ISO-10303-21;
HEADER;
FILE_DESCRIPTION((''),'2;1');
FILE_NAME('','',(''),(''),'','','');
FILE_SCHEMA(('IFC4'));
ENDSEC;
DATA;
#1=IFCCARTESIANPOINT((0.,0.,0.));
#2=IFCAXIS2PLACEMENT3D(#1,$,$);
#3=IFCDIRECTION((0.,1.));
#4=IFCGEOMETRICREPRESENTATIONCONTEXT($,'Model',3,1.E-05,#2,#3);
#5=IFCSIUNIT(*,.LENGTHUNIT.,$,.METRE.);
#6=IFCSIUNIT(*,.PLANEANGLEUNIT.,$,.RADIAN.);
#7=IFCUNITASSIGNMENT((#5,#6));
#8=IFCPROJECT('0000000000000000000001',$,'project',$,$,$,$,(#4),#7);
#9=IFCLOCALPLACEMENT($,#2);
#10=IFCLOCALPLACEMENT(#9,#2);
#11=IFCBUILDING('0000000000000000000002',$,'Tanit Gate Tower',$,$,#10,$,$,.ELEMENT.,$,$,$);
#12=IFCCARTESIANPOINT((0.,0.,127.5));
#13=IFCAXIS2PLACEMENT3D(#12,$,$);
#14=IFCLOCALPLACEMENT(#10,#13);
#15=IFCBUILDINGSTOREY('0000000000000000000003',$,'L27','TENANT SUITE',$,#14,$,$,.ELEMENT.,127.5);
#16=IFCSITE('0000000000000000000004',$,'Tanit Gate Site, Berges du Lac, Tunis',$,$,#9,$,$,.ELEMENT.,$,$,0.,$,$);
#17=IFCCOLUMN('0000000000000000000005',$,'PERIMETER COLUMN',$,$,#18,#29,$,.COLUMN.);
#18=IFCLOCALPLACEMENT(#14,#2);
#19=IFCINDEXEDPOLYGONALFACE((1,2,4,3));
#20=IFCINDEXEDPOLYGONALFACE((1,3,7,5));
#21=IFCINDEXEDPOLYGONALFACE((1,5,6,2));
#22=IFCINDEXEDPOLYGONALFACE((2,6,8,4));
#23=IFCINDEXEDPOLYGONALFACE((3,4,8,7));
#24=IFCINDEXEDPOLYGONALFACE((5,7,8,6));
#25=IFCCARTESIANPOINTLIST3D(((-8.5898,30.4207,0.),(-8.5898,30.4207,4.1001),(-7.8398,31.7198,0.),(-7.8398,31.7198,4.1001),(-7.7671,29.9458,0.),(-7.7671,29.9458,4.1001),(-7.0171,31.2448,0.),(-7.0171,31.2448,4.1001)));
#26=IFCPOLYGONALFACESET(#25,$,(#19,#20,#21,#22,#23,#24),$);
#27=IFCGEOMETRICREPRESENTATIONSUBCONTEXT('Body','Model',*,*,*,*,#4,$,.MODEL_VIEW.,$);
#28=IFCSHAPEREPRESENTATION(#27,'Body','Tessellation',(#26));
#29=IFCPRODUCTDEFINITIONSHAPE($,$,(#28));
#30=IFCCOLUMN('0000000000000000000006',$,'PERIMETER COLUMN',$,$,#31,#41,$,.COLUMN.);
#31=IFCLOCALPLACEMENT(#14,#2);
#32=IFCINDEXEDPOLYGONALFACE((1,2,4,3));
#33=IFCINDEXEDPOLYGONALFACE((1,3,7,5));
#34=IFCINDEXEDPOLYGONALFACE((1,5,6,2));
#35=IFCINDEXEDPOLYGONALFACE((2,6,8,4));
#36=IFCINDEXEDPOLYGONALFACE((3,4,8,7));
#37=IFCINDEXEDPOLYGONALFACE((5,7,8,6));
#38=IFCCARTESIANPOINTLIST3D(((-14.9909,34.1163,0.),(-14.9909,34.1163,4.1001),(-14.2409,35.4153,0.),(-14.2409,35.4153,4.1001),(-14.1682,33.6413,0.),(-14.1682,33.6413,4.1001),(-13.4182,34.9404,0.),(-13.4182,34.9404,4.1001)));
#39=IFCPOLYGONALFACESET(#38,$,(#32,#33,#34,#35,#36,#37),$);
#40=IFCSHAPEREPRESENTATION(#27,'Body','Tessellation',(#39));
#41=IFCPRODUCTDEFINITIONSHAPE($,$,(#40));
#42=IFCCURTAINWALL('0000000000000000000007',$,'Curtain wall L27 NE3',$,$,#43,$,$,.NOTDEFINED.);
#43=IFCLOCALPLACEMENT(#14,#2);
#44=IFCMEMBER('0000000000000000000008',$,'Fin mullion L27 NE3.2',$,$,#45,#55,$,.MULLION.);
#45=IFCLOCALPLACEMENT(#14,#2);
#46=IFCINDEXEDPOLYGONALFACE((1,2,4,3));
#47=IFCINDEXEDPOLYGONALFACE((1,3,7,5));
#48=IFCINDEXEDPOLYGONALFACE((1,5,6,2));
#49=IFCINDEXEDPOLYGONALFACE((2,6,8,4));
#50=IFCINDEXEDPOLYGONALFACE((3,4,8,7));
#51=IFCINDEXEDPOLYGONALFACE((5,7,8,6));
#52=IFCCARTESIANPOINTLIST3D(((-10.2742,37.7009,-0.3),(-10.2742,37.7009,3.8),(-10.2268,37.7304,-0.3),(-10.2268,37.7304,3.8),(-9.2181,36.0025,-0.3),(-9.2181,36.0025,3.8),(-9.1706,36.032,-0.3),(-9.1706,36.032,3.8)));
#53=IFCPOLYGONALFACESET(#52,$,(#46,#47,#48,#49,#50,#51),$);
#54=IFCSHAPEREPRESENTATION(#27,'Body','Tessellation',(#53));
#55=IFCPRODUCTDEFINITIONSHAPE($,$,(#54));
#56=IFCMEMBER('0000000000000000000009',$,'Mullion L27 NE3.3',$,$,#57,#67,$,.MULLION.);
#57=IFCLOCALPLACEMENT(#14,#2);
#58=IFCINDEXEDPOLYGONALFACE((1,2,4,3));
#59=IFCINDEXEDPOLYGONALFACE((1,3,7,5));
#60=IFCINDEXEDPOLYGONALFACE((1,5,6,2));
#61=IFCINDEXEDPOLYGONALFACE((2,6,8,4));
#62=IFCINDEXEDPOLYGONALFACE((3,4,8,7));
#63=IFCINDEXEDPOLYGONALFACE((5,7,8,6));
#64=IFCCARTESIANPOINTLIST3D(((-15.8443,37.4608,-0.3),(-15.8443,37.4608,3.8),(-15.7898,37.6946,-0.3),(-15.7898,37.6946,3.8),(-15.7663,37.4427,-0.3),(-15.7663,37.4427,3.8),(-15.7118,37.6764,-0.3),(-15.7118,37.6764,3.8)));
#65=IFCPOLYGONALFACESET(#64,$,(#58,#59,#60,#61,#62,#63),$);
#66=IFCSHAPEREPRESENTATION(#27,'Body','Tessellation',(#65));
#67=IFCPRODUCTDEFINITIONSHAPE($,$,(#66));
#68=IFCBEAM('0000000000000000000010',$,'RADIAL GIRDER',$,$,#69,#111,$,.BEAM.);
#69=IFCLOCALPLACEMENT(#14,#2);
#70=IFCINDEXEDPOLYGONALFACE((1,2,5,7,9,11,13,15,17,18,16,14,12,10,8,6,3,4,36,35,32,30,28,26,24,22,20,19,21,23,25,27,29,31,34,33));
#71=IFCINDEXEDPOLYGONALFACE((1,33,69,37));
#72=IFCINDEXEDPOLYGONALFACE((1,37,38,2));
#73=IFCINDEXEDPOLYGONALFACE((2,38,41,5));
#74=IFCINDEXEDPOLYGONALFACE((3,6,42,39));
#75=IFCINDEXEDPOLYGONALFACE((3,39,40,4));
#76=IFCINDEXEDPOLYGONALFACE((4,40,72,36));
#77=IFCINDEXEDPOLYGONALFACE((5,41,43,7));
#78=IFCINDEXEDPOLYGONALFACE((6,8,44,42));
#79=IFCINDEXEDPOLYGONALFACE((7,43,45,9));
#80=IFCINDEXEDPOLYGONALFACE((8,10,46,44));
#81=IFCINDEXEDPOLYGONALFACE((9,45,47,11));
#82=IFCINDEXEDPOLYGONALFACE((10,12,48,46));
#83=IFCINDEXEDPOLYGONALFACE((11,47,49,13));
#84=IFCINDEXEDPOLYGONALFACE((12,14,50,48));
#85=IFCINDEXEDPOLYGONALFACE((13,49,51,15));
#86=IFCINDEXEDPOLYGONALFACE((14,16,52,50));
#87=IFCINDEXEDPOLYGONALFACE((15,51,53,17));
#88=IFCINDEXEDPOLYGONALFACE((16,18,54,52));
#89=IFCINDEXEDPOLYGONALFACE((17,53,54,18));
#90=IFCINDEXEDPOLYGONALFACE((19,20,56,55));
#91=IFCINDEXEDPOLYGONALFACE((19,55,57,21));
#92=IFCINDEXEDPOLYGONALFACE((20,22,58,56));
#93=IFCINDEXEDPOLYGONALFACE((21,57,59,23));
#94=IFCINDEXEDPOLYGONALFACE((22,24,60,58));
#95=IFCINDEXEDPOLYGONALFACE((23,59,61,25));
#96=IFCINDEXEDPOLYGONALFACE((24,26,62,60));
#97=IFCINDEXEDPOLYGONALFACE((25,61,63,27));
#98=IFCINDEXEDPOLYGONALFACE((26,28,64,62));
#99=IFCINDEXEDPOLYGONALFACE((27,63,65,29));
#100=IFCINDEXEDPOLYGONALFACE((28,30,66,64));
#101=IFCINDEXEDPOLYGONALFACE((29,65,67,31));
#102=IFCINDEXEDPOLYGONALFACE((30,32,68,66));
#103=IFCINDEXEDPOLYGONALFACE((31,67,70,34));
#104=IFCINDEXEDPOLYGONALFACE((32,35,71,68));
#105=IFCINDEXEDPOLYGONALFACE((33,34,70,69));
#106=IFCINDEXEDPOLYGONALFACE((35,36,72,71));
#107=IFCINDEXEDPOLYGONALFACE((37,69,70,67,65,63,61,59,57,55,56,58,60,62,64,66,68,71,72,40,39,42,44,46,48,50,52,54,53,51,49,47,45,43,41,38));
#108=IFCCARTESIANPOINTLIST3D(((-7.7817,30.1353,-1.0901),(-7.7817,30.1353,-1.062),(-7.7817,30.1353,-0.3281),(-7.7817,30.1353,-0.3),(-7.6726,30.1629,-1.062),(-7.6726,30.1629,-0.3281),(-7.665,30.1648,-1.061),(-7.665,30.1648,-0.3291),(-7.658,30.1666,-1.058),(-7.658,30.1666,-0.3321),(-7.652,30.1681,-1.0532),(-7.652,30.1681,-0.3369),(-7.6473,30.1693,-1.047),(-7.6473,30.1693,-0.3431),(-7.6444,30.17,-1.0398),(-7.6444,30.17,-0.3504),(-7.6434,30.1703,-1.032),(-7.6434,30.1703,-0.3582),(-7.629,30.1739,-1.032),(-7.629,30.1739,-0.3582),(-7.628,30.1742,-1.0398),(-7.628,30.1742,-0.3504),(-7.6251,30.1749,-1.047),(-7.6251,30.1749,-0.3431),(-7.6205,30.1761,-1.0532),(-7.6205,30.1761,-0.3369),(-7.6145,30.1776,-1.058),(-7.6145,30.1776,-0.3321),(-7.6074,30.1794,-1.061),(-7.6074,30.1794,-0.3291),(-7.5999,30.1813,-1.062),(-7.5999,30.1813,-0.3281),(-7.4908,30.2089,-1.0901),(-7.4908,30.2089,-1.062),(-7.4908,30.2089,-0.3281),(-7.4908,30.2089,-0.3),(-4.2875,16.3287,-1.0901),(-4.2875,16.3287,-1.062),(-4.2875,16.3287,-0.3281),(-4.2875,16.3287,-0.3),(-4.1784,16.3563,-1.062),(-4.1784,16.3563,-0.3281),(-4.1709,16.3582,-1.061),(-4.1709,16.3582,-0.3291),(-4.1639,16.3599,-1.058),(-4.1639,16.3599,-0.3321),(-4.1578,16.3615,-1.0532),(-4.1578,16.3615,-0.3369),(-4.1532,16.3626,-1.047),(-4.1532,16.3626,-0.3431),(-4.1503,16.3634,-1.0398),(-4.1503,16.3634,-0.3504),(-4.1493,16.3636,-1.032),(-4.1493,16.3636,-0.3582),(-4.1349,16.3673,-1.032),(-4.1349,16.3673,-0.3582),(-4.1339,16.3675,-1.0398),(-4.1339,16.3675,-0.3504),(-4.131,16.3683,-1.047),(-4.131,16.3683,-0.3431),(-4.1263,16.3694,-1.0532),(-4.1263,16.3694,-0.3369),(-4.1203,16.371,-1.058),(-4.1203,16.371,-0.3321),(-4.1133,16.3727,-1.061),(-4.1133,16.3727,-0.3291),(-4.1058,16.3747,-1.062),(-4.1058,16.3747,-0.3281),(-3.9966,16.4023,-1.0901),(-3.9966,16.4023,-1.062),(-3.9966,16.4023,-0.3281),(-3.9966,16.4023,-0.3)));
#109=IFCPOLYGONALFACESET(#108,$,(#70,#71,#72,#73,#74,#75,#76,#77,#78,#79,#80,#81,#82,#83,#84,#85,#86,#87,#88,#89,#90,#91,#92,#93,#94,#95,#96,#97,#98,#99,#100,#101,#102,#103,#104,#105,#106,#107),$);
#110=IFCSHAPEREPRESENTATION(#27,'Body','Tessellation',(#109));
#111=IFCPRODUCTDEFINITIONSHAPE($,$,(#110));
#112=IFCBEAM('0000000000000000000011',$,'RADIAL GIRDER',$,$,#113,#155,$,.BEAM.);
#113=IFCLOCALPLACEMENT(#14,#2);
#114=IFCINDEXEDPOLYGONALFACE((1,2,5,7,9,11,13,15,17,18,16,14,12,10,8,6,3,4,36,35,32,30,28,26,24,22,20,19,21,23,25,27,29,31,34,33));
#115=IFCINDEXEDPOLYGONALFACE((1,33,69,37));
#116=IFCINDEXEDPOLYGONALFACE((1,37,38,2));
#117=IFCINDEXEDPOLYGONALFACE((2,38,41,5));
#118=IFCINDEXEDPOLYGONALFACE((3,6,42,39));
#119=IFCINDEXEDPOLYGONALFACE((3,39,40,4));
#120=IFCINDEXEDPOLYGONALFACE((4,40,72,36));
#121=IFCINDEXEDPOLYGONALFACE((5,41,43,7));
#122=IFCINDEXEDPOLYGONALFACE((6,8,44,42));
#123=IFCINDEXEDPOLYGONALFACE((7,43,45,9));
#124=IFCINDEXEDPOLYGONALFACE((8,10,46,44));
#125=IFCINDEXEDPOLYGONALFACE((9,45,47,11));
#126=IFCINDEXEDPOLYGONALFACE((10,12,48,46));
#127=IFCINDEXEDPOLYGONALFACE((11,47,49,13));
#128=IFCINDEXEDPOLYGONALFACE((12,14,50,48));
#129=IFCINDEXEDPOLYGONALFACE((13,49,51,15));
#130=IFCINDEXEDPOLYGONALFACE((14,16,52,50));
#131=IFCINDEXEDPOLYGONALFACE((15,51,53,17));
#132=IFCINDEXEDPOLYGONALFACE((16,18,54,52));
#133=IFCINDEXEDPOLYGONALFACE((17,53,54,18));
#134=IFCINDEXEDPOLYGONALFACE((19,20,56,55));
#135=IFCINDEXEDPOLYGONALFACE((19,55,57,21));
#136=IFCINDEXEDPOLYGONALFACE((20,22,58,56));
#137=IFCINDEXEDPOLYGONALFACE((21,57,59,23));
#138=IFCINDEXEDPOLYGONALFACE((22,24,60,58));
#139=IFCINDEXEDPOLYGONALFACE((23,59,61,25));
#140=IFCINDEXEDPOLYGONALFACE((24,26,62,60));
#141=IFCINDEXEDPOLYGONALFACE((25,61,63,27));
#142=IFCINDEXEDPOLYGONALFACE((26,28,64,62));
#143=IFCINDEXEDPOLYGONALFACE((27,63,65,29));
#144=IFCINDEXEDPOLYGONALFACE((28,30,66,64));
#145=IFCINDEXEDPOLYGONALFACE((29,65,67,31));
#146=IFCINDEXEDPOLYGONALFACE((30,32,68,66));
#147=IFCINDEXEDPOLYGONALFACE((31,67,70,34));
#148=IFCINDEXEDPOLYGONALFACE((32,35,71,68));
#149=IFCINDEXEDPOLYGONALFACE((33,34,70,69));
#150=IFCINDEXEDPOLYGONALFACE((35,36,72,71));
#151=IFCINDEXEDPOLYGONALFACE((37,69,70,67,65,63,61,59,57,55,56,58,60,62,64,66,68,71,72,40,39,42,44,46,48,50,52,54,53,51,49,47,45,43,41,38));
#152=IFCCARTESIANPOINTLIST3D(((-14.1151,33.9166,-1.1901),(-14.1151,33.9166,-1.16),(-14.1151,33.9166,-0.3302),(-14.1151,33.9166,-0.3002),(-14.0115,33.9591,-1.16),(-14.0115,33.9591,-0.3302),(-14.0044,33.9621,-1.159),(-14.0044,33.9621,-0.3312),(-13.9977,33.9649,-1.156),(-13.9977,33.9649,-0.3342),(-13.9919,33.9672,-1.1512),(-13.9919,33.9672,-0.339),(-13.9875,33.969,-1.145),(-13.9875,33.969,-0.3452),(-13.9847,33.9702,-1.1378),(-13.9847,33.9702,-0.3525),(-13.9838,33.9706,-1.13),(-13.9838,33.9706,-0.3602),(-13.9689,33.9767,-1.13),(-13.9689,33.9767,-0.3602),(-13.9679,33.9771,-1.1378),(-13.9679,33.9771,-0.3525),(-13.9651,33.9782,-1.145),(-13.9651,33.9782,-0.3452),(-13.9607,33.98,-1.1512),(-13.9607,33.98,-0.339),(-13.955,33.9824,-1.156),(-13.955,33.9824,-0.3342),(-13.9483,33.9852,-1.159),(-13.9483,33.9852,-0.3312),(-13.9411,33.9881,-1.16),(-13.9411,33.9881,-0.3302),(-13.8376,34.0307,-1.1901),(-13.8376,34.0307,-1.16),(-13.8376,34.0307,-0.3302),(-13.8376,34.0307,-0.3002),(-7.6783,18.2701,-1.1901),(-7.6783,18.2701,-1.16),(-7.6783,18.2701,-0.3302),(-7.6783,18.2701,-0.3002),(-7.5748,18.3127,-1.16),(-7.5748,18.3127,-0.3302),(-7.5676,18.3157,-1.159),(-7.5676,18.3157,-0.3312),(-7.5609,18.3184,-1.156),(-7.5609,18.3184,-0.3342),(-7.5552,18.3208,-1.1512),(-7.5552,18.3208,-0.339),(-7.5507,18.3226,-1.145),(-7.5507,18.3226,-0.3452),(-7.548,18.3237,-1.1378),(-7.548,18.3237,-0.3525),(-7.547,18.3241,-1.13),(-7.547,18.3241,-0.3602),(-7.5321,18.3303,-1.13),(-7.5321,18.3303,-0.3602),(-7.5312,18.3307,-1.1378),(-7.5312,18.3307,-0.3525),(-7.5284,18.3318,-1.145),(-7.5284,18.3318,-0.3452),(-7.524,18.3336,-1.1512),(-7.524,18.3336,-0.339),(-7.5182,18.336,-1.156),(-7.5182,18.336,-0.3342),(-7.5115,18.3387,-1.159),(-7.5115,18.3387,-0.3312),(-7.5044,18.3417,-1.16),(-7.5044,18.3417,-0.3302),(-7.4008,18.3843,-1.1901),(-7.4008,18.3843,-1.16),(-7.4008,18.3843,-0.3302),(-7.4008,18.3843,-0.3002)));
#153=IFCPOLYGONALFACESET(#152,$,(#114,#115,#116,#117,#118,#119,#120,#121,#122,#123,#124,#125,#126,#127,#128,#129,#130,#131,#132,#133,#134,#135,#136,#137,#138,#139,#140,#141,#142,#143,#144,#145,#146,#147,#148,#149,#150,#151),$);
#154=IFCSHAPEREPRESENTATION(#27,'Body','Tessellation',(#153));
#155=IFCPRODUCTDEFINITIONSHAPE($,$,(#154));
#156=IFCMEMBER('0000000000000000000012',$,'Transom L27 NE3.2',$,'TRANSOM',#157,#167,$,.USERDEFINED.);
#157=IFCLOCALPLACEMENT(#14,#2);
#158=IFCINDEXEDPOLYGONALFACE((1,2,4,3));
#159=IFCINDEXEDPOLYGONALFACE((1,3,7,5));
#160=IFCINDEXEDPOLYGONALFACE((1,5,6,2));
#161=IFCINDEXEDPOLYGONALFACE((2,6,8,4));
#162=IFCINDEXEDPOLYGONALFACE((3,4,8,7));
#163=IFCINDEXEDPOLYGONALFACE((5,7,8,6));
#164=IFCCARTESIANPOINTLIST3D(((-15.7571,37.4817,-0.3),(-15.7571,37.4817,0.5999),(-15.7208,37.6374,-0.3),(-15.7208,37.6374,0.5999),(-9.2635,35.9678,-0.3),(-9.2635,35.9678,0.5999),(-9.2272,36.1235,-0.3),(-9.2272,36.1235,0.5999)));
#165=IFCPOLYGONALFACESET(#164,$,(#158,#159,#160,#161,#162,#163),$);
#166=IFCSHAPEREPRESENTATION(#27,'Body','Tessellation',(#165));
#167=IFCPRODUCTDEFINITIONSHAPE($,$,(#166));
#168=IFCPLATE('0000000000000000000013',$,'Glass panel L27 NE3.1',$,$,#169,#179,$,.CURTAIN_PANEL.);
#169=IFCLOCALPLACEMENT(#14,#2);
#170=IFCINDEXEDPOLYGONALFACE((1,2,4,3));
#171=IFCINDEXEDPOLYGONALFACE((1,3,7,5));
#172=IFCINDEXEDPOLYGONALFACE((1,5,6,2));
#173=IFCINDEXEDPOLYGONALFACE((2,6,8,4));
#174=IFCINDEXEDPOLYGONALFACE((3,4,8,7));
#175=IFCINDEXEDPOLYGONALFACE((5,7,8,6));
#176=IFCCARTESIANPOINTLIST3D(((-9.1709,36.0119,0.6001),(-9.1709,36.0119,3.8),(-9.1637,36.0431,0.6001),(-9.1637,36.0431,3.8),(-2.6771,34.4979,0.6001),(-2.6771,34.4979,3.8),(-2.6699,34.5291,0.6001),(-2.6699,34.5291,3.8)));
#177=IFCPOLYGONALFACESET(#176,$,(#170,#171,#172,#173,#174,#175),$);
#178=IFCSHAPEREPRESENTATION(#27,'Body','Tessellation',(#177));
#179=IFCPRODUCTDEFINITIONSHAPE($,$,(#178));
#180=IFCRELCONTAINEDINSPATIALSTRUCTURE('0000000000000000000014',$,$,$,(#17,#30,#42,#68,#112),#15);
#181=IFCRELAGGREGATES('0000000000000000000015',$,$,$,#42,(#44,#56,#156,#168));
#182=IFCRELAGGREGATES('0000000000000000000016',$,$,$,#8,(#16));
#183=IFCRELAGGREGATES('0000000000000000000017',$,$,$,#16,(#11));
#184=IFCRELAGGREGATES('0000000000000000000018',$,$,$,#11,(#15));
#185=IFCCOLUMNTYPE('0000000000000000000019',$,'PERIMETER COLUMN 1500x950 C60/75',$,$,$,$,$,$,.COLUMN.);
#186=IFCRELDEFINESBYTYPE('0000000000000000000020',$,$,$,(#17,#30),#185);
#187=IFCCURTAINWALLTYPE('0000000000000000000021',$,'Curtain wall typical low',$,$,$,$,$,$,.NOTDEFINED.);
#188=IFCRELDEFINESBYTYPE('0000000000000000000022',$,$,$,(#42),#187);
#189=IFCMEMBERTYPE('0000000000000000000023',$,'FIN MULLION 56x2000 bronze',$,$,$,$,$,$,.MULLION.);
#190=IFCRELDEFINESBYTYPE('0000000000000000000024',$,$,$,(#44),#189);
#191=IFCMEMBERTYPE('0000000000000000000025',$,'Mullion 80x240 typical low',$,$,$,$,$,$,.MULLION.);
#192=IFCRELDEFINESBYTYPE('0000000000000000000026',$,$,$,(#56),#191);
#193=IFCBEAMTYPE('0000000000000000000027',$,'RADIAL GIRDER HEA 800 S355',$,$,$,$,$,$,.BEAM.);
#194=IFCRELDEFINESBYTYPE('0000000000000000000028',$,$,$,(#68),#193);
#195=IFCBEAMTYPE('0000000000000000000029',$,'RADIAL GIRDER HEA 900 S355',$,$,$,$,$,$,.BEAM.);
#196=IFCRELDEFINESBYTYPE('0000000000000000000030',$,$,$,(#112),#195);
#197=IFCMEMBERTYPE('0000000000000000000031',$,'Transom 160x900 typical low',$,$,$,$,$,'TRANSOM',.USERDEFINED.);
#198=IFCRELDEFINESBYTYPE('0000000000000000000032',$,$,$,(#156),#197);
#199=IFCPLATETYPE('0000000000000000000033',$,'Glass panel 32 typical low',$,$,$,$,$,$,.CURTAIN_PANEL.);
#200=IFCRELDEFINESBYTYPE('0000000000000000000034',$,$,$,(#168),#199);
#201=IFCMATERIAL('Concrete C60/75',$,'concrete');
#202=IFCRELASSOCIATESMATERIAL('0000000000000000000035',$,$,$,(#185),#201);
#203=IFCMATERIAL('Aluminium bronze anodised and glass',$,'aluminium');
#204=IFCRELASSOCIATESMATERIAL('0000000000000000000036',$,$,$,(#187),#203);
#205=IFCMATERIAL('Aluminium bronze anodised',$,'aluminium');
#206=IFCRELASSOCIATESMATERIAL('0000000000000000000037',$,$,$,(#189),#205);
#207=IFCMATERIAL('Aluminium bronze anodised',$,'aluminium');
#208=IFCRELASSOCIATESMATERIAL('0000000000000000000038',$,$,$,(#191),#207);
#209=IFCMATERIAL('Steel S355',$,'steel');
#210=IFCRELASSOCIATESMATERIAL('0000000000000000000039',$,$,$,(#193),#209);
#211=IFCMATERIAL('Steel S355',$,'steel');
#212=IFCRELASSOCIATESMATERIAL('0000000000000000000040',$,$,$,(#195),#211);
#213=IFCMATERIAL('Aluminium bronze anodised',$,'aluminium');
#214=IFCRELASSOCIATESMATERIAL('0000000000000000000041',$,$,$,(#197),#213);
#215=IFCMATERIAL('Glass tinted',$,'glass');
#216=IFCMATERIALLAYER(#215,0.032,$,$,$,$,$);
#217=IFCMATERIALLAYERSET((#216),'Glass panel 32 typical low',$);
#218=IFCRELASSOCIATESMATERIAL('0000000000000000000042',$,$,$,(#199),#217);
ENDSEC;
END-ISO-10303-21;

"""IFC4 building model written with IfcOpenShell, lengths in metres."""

from ifc_helpers import new_model, si_unit, direction, frame, origin, origin_2d, place, context, subcontext, project, spatial, rectangle, i_section, extrude, material, layer, layer_set, material_profile, profile_set, type_object, element, aggregate, save


model = new_model("IFC4")

# Units and contexts
model_context = context("Model", 3, precision=1e-05, world=origin(), true_north=direction((0.0, 1.0)))
body_context = subcontext(model_context, "Body", "Model", "MODEL_VIEW")
ifc_project = project(units=[si_unit("LENGTHUNIT", "METRE"), si_unit("PLANEANGLEUNIT", "RADIAN")], contexts=[model_context])

# Site, building, storey
site_placement = place(None, origin())
site = spatial("IfcSite", under=ifc_project, at=site_placement, Name="Tanit Gate Site, Berges du Lac, Tunis", CompositionType="ELEMENT", RefElevation=0.0)
building_placement = place(site_placement, origin())
building = spatial("IfcBuilding", under=site, at=building_placement, Name="Tanit Gate Tower", CompositionType="ELEMENT")
storey_placement = place(building_placement, frame((0.0, 0.0, 127.5)))
storey = spatial("IfcBuildingStorey", under=building, at=storey_placement, Name="L27", Description="TENANT SUITE", CompositionType="ELEMENT", Elevation=127.5)

# Columns
ifc_material_1 = material(Name="Concrete C60/75", Category="concrete")
ifc_material_profile_1 = material_profile(ifc_material_1, rectangle(XDim=1.5, YDim=0.95, at=origin_2d()), Name="RC 1500x950")
ifc_profile_set_1 = profile_set([ifc_material_profile_1], Name="Concrete C60/75")
column_type = type_object("IfcColumnType", Name="PERIMETER COLUMN 1500x950 C60/75", PredefinedType="COLUMN", material=ifc_profile_set_1)
for number, where, z_axis, x_axis, name in (
    (1, (-7.8035, 30.8328, 0.0), (0.0, 0.0, 1.0), (0.5, 0.866025, 0.0), "PERIMETER COLUMN"),
    (2, (-14.2046, 34.5283, 0.0), (0.0, 0.0, 1.0), (0.5, 0.866025, 0.0), "PERIMETER COLUMN"),
):
    element("IfcColumn", number, at=place(storey_placement, frame(where, z_axis=z_axis, x_axis=x_axis)), inside=storey, type_object=column_type, Name=name, PredefinedType="COLUMN", context=body_context, shape_type="SweptSolid", body=[
        extrude(rectangle(XDim=1.5, YDim=0.95, at=origin_2d()), origin(), (0.0, 0.0, 1.0), 4.1001),
    ])

# Curtain wall, members
ifc_material_2 = material(Name="Aluminium bronze anodised and glass", Category="aluminium")
curtain_wall_type = type_object("IfcCurtainWallType", Name="Curtain wall typical low", PredefinedType="NOTDEFINED", material=ifc_material_2)
curtain_wall_placement = place(storey_placement, origin())
curtain_wall = element("IfcCurtainWall", 3, at=curtain_wall_placement, inside=storey, type_object=curtain_wall_type, Name="Curtain wall L27 NE3", PredefinedType="NOTDEFINED")
ifc_material_3 = material(Name="Aluminium bronze anodised", Category="aluminium")
ifc_material_profile_2 = material_profile(ifc_material_3, rectangle(XDim=2.0, YDim=0.0559, at=origin_2d()), Name="56x2000 bronze fin mullion")
ifc_profile_set_2 = profile_set([ifc_material_profile_2], Name="Aluminium bronze anodised")
member_type_1 = type_object("IfcMemberType", Name="FIN MULLION 56x2000 bronze", PredefinedType="MULLION", material=ifc_profile_set_2)
member_1_placement = place(storey_placement, frame((-9.7224, 36.8665, -0.3), z_axis=(0.0, 0.0, 1.0), x_axis=(0.528086, -0.849191, 0.0)))
member_1 = element("IfcMember", 4, at=member_1_placement, type_object=member_type_1, Name="Fin mullion L27 NE3.2", PredefinedType="MULLION", context=body_context, shape_type="SweptSolid", body=[
    extrude(rectangle(XDim=2.0, YDim=0.0559, at=origin_2d()), origin(), (0.0, 0.0, 1.0), 4.1001),
])
ifc_material_4 = material(Name="Aluminium bronze anodised", Category="aluminium")
ifc_material_profile_3 = material_profile(ifc_material_4, rectangle(XDim=0.24, YDim=0.0801, at=origin_2d()), Name="80x240 bronze mullion")
ifc_profile_set_3 = profile_set([ifc_material_profile_3], Name="Aluminium bronze anodised")
member_type_2 = type_object("IfcMemberType", Name="Mullion 80x240 typical low", PredefinedType="MULLION", material=ifc_profile_set_3)
member_2_placement = place(storey_placement, frame((-15.7781, 37.5686, -0.3), z_axis=(0.0, 0.0, 1.0), x_axis=(-0.227056, -0.973882, 0.0)))
member_2 = element("IfcMember", 5, at=member_2_placement, type_object=member_type_2, Name="Mullion L27 NE3.3", PredefinedType="MULLION", context=body_context, shape_type="SweptSolid", body=[
    extrude(rectangle(XDim=0.24, YDim=0.0801, at=origin_2d()), origin(), (0.0, 0.0, 1.0), 4.1001),
])

# Beams
ifc_material_5 = material(Name="Steel S355", Category="steel")
ifc_material_profile_4 = material_profile(ifc_material_5, i_section(OverallWidth=0.3, OverallDepth=0.79, WebThickness=0.0149, FlangeThickness=0.0281, FilletRadius=0.03, at=origin_2d()), Name="HEA 800")
ifc_profile_set_4 = profile_set([ifc_material_profile_4], Name="Steel S355")
beam_type_1 = type_object("IfcBeamType", Name="RADIAL GIRDER HEA 800 S355", PredefinedType="BEAM", material=ifc_profile_set_4)
beam_1_placement = place(storey_placement, frame((-7.6362, 30.1721, -0.6951), z_axis=(0.245342, -0.969437, 0.0), x_axis=(0.969437, 0.245342, 0.0)))
element("IfcBeam", 6, at=beam_1_placement, inside=storey, type_object=beam_type_1, Name="RADIAL GIRDER", PredefinedType="BEAM", context=body_context, shape_type="SweptSolid", body=[
    extrude(i_section(OverallWidth=0.3, OverallDepth=0.79, WebThickness=0.0149, FlangeThickness=0.0281, FilletRadius=0.03, at=origin_2d()), origin(), (0.0, 0.0, 1.0), 14.2419),
])
ifc_material_6 = material(Name="Steel S355", Category="steel")
ifc_material_profile_5 = material_profile(ifc_material_6, i_section(OverallWidth=0.3, OverallDepth=0.8899, WebThickness=0.0161, FlangeThickness=0.03, FilletRadius=0.03, at=origin_2d()), Name="HEA 900")
ifc_profile_set_5 = profile_set([ifc_material_profile_5], Name="Steel S355")
beam_type_2 = type_object("IfcBeamType", Name="RADIAL GIRDER HEA 900 S355", PredefinedType="BEAM", material=ifc_profile_set_5)
beam_2_placement = place(storey_placement, frame((-13.9763, 33.9736, -0.7451), z_axis=(0.380451, -0.924801, 0.0), x_axis=(0.924801, 0.380451, 0.0)))
element("IfcBeam", 7, at=beam_2_placement, inside=storey, type_object=beam_type_2, Name="RADIAL GIRDER", PredefinedType="BEAM", context=body_context, shape_type="SweptSolid", body=[
    extrude(i_section(OverallWidth=0.3, OverallDepth=0.8899, WebThickness=0.0161, FlangeThickness=0.03, FilletRadius=0.03, at=origin_2d()), origin(), (0.0, 0.0, 1.0), 16.9187),
])

# Member
ifc_material_7 = material(Name="Aluminium bronze anodised", Category="aluminium")
ifc_material_profile_6 = material_profile(ifc_material_7, rectangle(XDim=0.1599, YDim=0.8999, at=origin_2d()), Name="160x900 bronze transom")
ifc_profile_set_6 = profile_set([ifc_material_profile_6], Name="Aluminium bronze anodised")
member_type_3 = type_object("IfcMemberType", Name="Transom 160x900 typical low", ElementType="TRANSOM", PredefinedType="USERDEFINED", material=ifc_profile_set_6)
member_3_placement = place(storey_placement, frame((-9.2454, 36.0457, 0.1499), z_axis=(-0.973883, 0.227049, 0.0), x_axis=(-0.227049, -0.973883, 0.0)))
member_3 = element("IfcMember", 8, at=member_3_placement, type_object=member_type_3, Name="Transom L27 NE3.2", ObjectType="TRANSOM", PredefinedType="USERDEFINED", context=body_context, shape_type="SweptSolid", body=[
    extrude(rectangle(XDim=0.1599, YDim=0.8999, at=origin_2d()), origin(), (0.0, 0.0, 1.0), 6.6677),
])

# Plate
ifc_material_8 = material(Name="Glass tinted", Category="glass")
ifc_layer_1 = layer(ifc_material_8, 0.032)
ifc_layer_set_1 = layer_set([ifc_layer_1], Name="Glass panel 32 typical low")
plate_type = type_object("IfcPlateType", Name="Glass panel 32 typical low", PredefinedType="CURTAIN_PANEL", material=ifc_layer_set_1)
plate_1_placement = place(storey_placement, frame((-5.9204, 35.2705, 0.6001), z_axis=(0.0, 0.0, 1.0), x_axis=(-0.973882, 0.227056, 0.0)))
plate_1 = element("IfcPlate", 9, at=plate_1_placement, type_object=plate_type, Name="Glass panel L27 NE3.1", PredefinedType="CURTAIN_PANEL", context=body_context, shape_type="SweptSolid", body=[
    extrude(rectangle(XDim=6.668, YDim=0.032, at=origin_2d()), origin(), (0.0, 0.0, 1.0), 3.2),
])
aggregate(curtain_wall, [member_1, member_2, member_3, plate_1])

save(model, "model.ifc")
